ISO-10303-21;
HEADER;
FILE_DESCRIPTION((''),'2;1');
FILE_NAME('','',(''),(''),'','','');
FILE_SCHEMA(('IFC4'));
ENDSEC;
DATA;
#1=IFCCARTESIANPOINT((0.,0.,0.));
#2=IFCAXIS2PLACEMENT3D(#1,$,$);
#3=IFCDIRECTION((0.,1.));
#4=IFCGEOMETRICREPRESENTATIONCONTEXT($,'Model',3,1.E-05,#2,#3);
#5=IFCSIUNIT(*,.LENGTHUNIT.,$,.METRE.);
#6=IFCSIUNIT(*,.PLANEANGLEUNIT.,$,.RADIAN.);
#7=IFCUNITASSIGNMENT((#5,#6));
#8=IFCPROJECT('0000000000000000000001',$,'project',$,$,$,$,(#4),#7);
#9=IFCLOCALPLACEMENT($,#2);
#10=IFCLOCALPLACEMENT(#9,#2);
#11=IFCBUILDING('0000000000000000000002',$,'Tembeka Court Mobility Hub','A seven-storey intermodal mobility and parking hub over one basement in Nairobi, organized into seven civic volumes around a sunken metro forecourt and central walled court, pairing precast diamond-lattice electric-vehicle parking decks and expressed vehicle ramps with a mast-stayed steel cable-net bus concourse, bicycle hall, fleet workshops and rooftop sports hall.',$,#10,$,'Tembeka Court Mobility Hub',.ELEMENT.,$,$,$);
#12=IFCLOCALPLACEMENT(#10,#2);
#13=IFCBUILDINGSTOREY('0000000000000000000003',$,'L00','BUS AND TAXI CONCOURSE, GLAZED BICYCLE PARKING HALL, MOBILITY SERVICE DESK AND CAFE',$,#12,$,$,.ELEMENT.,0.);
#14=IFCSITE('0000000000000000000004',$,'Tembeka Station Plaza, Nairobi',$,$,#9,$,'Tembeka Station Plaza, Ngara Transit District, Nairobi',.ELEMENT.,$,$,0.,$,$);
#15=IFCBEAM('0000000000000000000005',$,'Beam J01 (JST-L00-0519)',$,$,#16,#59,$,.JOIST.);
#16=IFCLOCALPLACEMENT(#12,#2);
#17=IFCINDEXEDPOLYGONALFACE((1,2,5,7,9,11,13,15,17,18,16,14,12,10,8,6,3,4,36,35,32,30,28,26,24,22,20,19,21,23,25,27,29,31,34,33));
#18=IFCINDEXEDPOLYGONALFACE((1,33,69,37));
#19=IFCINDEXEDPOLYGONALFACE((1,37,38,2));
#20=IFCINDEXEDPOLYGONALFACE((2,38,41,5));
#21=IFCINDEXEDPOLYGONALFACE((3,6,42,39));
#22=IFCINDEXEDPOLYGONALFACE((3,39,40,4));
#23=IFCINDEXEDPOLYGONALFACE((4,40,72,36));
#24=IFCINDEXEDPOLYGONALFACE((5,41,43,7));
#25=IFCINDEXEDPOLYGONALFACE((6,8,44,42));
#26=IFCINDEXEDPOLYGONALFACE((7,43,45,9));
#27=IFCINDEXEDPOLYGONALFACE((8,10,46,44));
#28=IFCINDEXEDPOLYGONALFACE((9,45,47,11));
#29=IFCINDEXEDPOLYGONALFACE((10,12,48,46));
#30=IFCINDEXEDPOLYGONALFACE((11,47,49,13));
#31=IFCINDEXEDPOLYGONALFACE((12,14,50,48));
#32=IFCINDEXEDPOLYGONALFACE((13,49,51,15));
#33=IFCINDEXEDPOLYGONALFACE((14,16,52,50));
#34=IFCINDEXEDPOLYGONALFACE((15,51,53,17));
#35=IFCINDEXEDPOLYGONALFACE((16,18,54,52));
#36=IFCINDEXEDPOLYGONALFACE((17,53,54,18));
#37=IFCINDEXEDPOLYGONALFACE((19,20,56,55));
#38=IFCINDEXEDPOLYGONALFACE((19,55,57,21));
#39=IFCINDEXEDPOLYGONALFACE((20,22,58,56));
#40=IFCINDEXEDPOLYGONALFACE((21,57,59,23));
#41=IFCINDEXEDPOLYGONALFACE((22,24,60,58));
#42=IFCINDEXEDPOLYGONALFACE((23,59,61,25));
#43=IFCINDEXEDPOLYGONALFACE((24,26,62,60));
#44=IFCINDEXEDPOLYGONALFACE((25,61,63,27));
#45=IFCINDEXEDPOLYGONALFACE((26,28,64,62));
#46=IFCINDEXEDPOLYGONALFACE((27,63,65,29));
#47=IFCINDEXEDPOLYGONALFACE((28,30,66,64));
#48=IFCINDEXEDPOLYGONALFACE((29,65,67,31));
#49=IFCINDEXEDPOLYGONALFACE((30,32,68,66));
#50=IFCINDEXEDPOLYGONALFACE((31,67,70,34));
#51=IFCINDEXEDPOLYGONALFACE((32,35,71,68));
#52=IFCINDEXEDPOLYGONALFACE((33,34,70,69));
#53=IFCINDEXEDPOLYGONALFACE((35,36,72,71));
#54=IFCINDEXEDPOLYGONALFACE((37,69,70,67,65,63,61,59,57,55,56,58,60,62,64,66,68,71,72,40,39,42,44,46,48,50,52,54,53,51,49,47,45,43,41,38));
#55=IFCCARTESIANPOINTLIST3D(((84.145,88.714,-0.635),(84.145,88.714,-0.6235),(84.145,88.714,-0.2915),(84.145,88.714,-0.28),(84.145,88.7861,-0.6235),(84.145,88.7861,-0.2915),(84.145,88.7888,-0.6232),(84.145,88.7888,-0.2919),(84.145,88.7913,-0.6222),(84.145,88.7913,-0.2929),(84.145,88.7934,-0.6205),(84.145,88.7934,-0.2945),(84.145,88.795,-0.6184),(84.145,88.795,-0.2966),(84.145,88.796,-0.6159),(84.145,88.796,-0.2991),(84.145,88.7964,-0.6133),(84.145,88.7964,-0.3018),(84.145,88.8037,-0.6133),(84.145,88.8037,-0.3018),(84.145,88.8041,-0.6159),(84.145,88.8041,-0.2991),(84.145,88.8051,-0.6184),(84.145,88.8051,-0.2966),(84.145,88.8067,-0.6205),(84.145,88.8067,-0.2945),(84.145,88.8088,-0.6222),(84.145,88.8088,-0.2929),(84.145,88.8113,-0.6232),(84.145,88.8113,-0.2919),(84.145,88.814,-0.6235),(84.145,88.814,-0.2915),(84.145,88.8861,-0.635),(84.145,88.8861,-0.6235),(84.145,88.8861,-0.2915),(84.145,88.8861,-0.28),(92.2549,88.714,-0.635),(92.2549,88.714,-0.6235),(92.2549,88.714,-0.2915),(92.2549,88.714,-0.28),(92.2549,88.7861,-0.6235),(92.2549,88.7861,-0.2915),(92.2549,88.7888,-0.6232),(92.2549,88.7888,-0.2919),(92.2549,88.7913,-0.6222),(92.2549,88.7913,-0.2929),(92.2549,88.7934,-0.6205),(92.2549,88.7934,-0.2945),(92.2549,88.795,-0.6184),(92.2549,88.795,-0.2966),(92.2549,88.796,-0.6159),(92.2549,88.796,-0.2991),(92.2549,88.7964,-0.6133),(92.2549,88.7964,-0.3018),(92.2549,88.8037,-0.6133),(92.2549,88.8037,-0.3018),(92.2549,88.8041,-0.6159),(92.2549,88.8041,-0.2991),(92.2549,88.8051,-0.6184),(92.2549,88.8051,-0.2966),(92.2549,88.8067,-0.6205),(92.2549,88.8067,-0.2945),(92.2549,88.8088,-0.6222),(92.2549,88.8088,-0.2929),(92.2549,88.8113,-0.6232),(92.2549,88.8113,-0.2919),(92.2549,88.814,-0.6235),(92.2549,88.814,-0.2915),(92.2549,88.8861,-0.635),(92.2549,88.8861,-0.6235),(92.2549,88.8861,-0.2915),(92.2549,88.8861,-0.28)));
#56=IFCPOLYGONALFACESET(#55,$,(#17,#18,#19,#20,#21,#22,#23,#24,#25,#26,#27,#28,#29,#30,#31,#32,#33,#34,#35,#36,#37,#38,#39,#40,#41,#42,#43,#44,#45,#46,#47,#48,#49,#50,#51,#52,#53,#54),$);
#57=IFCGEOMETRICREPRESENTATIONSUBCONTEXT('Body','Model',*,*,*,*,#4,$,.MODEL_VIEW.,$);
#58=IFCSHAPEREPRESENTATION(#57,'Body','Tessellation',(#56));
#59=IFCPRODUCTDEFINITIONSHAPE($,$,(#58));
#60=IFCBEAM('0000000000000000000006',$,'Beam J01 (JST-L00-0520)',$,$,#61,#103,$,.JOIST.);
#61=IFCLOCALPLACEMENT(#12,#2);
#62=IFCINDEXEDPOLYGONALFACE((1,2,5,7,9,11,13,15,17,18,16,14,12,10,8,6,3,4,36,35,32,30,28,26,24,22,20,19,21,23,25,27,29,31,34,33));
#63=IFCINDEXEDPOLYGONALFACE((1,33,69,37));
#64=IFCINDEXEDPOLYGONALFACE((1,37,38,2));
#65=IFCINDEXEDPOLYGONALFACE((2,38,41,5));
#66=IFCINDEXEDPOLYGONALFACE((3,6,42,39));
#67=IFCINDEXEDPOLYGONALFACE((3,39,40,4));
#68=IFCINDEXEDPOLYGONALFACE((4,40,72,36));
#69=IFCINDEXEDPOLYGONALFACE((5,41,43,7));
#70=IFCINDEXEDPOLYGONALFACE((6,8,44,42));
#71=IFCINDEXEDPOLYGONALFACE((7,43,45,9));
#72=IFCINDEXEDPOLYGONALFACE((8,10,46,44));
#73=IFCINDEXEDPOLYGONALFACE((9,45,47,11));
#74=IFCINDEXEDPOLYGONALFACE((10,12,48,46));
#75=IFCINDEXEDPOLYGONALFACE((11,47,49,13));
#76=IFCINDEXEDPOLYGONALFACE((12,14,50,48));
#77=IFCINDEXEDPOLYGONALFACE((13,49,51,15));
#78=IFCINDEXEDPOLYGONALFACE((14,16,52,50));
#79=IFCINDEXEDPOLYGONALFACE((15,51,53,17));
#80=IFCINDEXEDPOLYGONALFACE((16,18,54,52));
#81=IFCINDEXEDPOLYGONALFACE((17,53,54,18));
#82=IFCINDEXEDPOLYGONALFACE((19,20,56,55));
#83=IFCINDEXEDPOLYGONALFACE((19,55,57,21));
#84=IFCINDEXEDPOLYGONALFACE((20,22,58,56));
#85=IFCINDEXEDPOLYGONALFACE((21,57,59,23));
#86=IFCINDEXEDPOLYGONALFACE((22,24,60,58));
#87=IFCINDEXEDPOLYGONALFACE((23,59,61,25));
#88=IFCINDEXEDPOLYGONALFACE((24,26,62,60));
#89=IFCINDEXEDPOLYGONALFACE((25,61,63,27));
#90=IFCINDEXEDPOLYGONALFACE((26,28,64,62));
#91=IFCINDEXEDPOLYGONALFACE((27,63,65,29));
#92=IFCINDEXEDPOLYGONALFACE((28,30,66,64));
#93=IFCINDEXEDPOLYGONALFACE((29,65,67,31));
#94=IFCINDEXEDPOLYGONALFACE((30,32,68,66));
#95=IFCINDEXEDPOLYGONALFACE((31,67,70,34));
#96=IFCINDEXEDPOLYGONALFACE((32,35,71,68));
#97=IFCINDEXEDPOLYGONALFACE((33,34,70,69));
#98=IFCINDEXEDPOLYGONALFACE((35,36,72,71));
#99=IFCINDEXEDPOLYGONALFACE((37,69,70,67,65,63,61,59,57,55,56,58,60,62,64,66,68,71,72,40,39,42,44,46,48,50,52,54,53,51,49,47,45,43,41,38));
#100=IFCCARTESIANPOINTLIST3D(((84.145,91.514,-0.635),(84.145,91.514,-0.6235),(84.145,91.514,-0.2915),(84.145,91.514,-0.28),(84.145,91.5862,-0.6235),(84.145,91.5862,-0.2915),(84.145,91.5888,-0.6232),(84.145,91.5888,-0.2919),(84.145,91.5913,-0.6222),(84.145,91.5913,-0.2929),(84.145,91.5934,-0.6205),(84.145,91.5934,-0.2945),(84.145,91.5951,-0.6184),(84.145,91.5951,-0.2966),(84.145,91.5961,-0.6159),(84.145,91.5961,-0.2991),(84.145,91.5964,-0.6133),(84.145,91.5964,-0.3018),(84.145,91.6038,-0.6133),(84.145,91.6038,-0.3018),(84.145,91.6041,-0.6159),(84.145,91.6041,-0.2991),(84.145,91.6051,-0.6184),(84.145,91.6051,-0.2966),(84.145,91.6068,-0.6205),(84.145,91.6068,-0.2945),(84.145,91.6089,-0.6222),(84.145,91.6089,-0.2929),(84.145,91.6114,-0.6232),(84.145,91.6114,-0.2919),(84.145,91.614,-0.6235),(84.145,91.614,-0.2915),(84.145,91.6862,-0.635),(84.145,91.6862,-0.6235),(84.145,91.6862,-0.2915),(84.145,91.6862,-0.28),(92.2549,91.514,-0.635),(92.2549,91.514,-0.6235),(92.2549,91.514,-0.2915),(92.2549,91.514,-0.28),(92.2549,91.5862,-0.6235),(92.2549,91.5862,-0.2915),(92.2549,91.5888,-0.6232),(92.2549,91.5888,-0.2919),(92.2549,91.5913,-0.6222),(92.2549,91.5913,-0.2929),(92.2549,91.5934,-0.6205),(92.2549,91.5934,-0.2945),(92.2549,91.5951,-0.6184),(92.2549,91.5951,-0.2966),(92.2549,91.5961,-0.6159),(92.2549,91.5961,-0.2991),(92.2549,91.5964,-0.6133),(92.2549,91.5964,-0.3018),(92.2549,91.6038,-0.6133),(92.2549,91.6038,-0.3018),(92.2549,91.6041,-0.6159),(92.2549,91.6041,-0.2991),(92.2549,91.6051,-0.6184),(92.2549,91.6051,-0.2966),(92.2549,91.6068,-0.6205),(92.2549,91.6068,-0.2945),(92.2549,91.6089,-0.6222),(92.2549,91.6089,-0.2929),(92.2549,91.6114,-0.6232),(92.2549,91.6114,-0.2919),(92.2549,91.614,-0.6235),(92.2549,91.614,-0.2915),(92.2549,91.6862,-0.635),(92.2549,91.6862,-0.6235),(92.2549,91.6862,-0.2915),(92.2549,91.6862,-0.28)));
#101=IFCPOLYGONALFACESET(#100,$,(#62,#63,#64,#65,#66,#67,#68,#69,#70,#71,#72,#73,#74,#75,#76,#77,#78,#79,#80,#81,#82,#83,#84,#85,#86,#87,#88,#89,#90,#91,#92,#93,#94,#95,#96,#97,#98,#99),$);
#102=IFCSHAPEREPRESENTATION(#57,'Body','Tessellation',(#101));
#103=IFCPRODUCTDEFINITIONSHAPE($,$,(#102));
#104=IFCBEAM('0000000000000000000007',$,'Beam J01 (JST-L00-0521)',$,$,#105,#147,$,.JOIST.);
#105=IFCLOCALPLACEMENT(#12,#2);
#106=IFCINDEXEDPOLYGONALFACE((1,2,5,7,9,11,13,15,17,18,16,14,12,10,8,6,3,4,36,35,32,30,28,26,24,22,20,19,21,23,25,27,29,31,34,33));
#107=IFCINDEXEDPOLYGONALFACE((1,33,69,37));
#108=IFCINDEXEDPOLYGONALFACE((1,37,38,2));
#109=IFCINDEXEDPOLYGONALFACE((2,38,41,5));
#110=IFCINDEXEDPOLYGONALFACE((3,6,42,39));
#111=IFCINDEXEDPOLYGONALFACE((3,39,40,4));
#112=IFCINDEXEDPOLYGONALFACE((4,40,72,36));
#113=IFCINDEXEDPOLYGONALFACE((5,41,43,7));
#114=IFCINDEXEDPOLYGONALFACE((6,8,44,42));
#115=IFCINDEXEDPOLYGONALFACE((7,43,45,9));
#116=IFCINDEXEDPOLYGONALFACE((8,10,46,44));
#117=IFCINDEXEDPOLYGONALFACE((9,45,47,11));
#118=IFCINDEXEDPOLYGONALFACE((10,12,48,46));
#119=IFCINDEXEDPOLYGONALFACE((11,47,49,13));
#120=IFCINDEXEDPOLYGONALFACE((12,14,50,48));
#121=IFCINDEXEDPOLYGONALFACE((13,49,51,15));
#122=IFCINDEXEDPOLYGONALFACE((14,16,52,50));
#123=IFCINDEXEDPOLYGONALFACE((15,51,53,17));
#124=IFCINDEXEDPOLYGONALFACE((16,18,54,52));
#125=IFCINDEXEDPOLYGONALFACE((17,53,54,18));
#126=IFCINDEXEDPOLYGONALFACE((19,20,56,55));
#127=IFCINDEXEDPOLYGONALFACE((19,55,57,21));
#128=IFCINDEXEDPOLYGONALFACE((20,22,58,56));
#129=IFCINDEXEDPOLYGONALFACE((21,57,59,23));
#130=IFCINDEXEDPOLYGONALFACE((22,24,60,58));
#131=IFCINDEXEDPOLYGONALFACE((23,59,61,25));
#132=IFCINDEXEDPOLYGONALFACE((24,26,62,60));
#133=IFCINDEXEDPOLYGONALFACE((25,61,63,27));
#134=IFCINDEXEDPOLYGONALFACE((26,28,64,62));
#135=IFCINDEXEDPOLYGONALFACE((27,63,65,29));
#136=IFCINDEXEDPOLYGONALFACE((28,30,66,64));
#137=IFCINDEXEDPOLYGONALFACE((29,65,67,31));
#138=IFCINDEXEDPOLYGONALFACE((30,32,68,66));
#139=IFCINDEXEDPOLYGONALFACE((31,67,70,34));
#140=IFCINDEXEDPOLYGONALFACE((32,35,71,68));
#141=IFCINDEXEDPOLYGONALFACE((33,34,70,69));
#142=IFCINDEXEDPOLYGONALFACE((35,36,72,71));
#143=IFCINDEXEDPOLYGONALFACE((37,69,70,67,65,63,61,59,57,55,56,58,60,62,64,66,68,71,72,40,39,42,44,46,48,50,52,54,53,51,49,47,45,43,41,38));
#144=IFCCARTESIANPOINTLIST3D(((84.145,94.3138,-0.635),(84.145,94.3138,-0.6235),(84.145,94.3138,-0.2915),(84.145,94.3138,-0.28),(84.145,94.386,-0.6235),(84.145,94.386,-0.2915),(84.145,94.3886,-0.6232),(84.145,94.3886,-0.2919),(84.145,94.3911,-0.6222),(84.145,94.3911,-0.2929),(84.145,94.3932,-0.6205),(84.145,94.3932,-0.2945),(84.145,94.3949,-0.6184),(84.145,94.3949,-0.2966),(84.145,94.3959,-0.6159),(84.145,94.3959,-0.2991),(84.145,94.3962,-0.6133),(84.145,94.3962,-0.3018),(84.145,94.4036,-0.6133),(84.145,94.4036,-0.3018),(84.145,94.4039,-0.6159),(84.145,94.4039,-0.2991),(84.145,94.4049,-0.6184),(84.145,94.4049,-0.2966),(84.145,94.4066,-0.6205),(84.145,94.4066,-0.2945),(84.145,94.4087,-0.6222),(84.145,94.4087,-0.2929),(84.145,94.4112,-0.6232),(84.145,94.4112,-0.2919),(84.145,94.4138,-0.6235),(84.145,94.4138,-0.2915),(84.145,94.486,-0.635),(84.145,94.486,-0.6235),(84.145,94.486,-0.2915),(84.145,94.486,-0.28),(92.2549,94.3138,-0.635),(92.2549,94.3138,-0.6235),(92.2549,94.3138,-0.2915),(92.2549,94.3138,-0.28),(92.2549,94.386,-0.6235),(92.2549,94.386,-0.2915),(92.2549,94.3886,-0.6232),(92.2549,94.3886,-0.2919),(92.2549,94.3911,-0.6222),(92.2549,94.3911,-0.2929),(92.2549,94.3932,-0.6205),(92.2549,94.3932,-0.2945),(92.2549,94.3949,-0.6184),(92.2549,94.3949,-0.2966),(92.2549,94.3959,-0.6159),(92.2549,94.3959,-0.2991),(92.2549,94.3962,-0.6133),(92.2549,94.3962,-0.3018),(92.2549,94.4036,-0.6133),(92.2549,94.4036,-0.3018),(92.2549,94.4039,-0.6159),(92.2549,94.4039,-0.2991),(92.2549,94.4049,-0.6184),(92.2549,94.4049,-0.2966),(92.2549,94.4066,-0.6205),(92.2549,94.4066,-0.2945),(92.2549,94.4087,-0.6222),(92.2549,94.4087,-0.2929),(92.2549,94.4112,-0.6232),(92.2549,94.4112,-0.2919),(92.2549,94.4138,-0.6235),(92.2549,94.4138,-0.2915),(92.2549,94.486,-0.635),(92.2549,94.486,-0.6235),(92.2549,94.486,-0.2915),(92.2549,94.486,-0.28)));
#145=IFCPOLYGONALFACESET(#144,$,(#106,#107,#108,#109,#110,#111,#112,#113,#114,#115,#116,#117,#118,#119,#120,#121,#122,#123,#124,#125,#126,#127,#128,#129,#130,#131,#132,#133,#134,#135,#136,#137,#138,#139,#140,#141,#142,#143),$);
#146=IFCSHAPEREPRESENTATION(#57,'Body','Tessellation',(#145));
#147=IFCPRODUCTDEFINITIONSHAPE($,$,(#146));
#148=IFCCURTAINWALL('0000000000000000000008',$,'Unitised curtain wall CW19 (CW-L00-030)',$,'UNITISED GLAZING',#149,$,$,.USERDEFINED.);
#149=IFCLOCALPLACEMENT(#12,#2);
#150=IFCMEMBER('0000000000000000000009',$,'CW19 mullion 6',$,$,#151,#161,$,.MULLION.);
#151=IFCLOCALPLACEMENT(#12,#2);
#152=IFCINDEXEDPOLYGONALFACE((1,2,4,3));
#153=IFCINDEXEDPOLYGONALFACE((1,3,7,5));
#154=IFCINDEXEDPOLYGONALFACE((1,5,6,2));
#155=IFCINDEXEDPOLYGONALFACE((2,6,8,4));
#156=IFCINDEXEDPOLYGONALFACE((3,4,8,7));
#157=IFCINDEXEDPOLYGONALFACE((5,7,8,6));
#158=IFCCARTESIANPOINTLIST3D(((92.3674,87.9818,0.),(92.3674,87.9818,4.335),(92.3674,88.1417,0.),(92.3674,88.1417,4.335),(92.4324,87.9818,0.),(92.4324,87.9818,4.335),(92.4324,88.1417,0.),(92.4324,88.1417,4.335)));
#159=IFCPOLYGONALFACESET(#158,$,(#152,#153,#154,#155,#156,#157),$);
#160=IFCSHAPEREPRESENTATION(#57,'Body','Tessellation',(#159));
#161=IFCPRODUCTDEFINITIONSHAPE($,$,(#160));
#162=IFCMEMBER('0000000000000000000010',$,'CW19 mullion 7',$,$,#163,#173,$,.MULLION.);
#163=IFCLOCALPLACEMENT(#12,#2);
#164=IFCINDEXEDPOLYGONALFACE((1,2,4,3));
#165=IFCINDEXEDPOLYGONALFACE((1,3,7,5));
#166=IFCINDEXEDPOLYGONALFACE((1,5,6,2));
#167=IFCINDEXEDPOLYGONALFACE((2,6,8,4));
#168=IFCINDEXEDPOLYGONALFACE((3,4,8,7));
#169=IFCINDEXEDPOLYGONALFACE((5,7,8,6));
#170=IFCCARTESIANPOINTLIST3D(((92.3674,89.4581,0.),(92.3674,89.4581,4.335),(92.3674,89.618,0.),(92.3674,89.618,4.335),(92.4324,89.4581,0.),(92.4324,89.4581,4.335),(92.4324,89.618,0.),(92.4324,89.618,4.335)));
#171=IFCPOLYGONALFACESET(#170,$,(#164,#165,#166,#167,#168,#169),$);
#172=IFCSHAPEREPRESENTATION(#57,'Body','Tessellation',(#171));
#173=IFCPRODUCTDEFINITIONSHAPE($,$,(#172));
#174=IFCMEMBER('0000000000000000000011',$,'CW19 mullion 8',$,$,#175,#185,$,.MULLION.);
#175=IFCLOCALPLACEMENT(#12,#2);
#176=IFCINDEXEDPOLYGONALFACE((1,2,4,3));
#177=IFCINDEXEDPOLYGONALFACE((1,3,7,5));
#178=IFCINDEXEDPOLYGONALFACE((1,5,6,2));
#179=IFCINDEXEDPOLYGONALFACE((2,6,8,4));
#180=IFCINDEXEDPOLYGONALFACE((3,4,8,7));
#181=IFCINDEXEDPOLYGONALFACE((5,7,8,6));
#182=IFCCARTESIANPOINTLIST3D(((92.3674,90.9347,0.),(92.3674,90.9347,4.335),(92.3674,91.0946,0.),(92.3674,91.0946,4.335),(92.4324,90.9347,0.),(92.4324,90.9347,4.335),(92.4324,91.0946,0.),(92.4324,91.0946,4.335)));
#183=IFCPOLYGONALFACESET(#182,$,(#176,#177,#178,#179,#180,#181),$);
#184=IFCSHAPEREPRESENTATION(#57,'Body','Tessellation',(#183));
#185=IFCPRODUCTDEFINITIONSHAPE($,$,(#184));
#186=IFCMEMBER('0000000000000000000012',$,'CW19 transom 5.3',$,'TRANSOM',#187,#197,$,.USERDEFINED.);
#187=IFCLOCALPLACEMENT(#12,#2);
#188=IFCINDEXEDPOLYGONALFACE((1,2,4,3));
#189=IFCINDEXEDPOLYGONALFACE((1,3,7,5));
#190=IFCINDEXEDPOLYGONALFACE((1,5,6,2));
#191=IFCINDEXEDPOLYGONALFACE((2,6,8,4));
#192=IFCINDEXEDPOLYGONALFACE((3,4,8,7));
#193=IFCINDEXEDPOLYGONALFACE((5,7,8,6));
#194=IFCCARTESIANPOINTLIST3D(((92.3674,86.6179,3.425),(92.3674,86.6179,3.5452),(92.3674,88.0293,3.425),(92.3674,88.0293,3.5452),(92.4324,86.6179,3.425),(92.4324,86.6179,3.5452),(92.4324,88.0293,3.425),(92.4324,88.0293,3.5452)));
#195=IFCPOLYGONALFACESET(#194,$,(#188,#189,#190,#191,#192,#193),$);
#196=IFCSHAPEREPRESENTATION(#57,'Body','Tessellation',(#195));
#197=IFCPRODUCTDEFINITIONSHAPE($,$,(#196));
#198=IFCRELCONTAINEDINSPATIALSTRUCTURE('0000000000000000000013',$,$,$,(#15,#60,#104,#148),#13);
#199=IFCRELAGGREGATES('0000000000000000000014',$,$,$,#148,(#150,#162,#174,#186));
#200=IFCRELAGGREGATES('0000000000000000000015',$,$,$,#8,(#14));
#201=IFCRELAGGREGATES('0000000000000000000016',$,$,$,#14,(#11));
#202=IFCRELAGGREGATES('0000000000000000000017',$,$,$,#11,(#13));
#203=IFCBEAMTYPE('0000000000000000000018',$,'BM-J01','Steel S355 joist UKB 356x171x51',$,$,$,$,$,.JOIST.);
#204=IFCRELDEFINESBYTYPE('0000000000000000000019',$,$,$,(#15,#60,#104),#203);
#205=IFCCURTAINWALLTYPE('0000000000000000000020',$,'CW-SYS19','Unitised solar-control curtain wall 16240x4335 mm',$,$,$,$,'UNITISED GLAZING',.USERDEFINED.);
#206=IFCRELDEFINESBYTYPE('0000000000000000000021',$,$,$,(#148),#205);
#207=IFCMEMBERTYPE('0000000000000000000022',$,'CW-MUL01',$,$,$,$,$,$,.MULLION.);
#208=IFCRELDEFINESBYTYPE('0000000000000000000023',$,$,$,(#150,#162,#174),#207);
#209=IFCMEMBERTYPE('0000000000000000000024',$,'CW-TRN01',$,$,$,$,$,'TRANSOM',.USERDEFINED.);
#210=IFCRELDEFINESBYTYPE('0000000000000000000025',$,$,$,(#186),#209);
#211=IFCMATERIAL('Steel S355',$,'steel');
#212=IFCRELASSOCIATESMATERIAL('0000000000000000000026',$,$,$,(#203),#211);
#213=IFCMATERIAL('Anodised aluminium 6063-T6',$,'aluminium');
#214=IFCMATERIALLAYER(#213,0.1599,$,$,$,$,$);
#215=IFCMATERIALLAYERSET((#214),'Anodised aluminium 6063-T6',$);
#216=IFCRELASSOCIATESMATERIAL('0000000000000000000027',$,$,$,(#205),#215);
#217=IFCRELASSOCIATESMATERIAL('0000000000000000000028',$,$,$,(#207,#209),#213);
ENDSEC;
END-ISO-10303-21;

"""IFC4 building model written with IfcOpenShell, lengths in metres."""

from ifc_helpers import new_model, si_unit, direction, frame, origin, origin_2d, place, context, subcontext, project, spatial, rectangle, i_section, extrude, material, layer, layer_set, material_profile, profile_set, type_object, element, aggregate, save


model = new_model("IFC4")

# Units and contexts
model_context = context("Model", 3, precision=1e-05, world=origin(), true_north=direction((0.0, 1.0)))
body_context = subcontext(model_context, "Body", "Model", "MODEL_VIEW")
ifc_project = project(units=[si_unit("LENGTHUNIT", "METRE"), si_unit("PLANEANGLEUNIT", "RADIAN")], contexts=[model_context])

# Site, building, storey
site_placement = place(None, origin())
site = spatial("IfcSite", under=ifc_project, at=site_placement, Name="Tembeka Station Plaza, Nairobi", LongName="Tembeka Station Plaza, Ngara Transit District, Nairobi", CompositionType="ELEMENT", RefElevation=0.0)
building_placement = place(site_placement, origin())
building = spatial("IfcBuilding", under=site, at=building_placement, Name="Tembeka Court Mobility Hub", Description="A seven-storey intermodal mobility and parking hub over one basement in Nairobi, organized into seven civic volumes around a sunken metro forecourt and central walled court, pairing precast diamond-lattice electric-vehicle parking decks and expressed vehicle ramps with a mast-stayed steel cable-net bus concourse, bicycle hall, fleet workshops and rooftop sports hall.", LongName="Tembeka Court Mobility Hub", CompositionType="ELEMENT")
storey_placement = place(building_placement, origin())
storey = spatial("IfcBuildingStorey", under=building, at=storey_placement, Name="L00", Description="BUS AND TAXI CONCOURSE, GLAZED BICYCLE PARKING HALL, MOBILITY SERVICE DESK AND CAFE", CompositionType="ELEMENT", Elevation=0.0)

# Beams
ifc_material_1 = material(Name="Steel S355", Category="steel")
ifc_material_profile_1 = material_profile(ifc_material_1, i_section(OverallWidth=0.1721, OverallDepth=0.355, WebThickness=0.0073, FlangeThickness=0.0115, FilletRadius=0.0103, at=origin_2d()), Name="UKB 356x171x51")
ifc_profile_set_1 = profile_set([ifc_material_profile_1], Name="Steel S355")
beam_type = type_object("IfcBeamType", Name="BM-J01", Description="Steel S355 joist UKB 356x171x51", PredefinedType="JOIST", material=ifc_profile_set_1)
for number, where, z_axis, x_axis, name in (
    (1, (84.145, 88.8, -0.4575), (1.0, 0.0, 0.0), (0.0, 1.0, 0.0), "Beam J01 (JST-L00-0519)"),
    (2, (84.145, 91.6001, -0.4575), (1.0, 0.0, 0.0), (0.0, 1.0, 0.0), "Beam J01 (JST-L00-0520)"),
    (3, (84.145, 94.3999, -0.4575), (1.0, 0.0, 0.0), (0.0, 1.0, 0.0), "Beam J01 (JST-L00-0521)"),
):
    element("IfcBeam", number, at=place(storey_placement, frame(where, z_axis=z_axis, x_axis=x_axis)), inside=storey, type_object=beam_type, Name=name, PredefinedType="JOIST", context=body_context, shape_type="SweptSolid", body=[
        extrude(i_section(OverallWidth=0.1721, OverallDepth=0.355, WebThickness=0.0073, FlangeThickness=0.0115, FilletRadius=0.0103, at=origin_2d()), origin(), (0.0, 0.0, 1.0), 8.1099),
    ])

# Curtain wall, members
ifc_material_2 = material(Name="Anodised aluminium 6063-T6", Category="aluminium")
ifc_layer_1 = layer(ifc_material_2, 0.1599)
ifc_layer_set_1 = layer_set([ifc_layer_1], Name="Anodised aluminium 6063-T6")
curtain_wall_type = type_object("IfcCurtainWallType", Name="CW-SYS19", Description="Unitised solar-control curtain wall 16240x4335 mm", ElementType="UNITISED GLAZING", PredefinedType="USERDEFINED", material=ifc_layer_set_1)
curtain_wall_placement = place(storey_placement, origin())
curtain_wall = element("IfcCurtainWall", 4, at=curtain_wall_placement, inside=storey, type_object=curtain_wall_type, Name="Unitised curtain wall CW19 (CW-L00-030)", ObjectType="UNITISED GLAZING", PredefinedType="USERDEFINED")
ifc_material_profile_2 = material_profile(ifc_material_2, rectangle(XDim=0.0649, YDim=0.1599, at=origin_2d()), Name="ALU-MUL 65x160")
ifc_profile_set_2 = profile_set([ifc_material_profile_2], Name="Anodised aluminium 6063-T6")
member_type_1 = type_object("IfcMemberType", Name="CW-MUL01", PredefinedType="MULLION", material=ifc_profile_set_2)
member_1_placement = place(storey_placement, frame((92.3999, 88.0618, 0.0), z_axis=(0.0, 0.0, 1.0), x_axis=(-1.0, 0.0, 0.0)))
member_1 = element("IfcMember", 5, at=member_1_placement, type_object=member_type_1, Name="CW19 mullion 6", PredefinedType="MULLION", context=body_context, shape_type="SweptSolid", body=[
    extrude(rectangle(XDim=0.0649, YDim=0.1599, at=origin_2d()), origin(), (0.0, 0.0, 1.0), 4.335),
])
member_2_placement = place(storey_placement, frame((92.3999, 89.5381, 0.0), z_axis=(0.0, 0.0, 1.0), x_axis=(-1.0, 0.0, 0.0)))
member_2 = element("IfcMember", 6, at=member_2_placement, type_object=member_type_1, Name="CW19 mullion 7", PredefinedType="MULLION", context=body_context, shape_type="SweptSolid", body=[
    extrude(rectangle(XDim=0.0649, YDim=0.1599, at=origin_2d()), origin(), (0.0, 0.0, 1.0), 4.335),
])
member_3_placement = place(storey_placement, frame((92.3999, 91.0146, 0.0), z_axis=(0.0, 0.0, 1.0), x_axis=(-1.0, 0.0, 0.0)))
member_3 = element("IfcMember", 7, at=member_3_placement, type_object=member_type_1, Name="CW19 mullion 8", PredefinedType="MULLION", context=body_context, shape_type="SweptSolid", body=[
    extrude(rectangle(XDim=0.0649, YDim=0.1599, at=origin_2d()), origin(), (0.0, 0.0, 1.0), 4.335),
])
ifc_material_profile_3 = material_profile(ifc_material_2, rectangle(XDim=0.0649, YDim=0.1201, at=origin_2d()), Name="ALU-TRN 65x120")
ifc_profile_set_3 = profile_set([ifc_material_profile_3], Name="Anodised aluminium 6063-T6")
member_type_2 = type_object("IfcMemberType", Name="CW-TRN01", ElementType="TRANSOM", PredefinedType="USERDEFINED", material=ifc_profile_set_3)
member_4_placement = place(storey_placement, frame((92.3999, 86.6179, 3.4851), z_axis=(0.0, 1.0, 0.0), x_axis=(-1.0, 0.0, 0.0)))
member_4 = element("IfcMember", 8, at=member_4_placement, type_object=member_type_2, Name="CW19 transom 5.3", ObjectType="TRANSOM", PredefinedType="USERDEFINED", context=body_context, shape_type="SweptSolid", body=[
    extrude(rectangle(XDim=0.0649, YDim=0.1201, at=origin_2d()), origin(), (0.0, 0.0, 1.0), 1.4114),
])
aggregate(curtain_wall, [member_1, member_2, member_3, member_4])

save(model, "model.ifc")
